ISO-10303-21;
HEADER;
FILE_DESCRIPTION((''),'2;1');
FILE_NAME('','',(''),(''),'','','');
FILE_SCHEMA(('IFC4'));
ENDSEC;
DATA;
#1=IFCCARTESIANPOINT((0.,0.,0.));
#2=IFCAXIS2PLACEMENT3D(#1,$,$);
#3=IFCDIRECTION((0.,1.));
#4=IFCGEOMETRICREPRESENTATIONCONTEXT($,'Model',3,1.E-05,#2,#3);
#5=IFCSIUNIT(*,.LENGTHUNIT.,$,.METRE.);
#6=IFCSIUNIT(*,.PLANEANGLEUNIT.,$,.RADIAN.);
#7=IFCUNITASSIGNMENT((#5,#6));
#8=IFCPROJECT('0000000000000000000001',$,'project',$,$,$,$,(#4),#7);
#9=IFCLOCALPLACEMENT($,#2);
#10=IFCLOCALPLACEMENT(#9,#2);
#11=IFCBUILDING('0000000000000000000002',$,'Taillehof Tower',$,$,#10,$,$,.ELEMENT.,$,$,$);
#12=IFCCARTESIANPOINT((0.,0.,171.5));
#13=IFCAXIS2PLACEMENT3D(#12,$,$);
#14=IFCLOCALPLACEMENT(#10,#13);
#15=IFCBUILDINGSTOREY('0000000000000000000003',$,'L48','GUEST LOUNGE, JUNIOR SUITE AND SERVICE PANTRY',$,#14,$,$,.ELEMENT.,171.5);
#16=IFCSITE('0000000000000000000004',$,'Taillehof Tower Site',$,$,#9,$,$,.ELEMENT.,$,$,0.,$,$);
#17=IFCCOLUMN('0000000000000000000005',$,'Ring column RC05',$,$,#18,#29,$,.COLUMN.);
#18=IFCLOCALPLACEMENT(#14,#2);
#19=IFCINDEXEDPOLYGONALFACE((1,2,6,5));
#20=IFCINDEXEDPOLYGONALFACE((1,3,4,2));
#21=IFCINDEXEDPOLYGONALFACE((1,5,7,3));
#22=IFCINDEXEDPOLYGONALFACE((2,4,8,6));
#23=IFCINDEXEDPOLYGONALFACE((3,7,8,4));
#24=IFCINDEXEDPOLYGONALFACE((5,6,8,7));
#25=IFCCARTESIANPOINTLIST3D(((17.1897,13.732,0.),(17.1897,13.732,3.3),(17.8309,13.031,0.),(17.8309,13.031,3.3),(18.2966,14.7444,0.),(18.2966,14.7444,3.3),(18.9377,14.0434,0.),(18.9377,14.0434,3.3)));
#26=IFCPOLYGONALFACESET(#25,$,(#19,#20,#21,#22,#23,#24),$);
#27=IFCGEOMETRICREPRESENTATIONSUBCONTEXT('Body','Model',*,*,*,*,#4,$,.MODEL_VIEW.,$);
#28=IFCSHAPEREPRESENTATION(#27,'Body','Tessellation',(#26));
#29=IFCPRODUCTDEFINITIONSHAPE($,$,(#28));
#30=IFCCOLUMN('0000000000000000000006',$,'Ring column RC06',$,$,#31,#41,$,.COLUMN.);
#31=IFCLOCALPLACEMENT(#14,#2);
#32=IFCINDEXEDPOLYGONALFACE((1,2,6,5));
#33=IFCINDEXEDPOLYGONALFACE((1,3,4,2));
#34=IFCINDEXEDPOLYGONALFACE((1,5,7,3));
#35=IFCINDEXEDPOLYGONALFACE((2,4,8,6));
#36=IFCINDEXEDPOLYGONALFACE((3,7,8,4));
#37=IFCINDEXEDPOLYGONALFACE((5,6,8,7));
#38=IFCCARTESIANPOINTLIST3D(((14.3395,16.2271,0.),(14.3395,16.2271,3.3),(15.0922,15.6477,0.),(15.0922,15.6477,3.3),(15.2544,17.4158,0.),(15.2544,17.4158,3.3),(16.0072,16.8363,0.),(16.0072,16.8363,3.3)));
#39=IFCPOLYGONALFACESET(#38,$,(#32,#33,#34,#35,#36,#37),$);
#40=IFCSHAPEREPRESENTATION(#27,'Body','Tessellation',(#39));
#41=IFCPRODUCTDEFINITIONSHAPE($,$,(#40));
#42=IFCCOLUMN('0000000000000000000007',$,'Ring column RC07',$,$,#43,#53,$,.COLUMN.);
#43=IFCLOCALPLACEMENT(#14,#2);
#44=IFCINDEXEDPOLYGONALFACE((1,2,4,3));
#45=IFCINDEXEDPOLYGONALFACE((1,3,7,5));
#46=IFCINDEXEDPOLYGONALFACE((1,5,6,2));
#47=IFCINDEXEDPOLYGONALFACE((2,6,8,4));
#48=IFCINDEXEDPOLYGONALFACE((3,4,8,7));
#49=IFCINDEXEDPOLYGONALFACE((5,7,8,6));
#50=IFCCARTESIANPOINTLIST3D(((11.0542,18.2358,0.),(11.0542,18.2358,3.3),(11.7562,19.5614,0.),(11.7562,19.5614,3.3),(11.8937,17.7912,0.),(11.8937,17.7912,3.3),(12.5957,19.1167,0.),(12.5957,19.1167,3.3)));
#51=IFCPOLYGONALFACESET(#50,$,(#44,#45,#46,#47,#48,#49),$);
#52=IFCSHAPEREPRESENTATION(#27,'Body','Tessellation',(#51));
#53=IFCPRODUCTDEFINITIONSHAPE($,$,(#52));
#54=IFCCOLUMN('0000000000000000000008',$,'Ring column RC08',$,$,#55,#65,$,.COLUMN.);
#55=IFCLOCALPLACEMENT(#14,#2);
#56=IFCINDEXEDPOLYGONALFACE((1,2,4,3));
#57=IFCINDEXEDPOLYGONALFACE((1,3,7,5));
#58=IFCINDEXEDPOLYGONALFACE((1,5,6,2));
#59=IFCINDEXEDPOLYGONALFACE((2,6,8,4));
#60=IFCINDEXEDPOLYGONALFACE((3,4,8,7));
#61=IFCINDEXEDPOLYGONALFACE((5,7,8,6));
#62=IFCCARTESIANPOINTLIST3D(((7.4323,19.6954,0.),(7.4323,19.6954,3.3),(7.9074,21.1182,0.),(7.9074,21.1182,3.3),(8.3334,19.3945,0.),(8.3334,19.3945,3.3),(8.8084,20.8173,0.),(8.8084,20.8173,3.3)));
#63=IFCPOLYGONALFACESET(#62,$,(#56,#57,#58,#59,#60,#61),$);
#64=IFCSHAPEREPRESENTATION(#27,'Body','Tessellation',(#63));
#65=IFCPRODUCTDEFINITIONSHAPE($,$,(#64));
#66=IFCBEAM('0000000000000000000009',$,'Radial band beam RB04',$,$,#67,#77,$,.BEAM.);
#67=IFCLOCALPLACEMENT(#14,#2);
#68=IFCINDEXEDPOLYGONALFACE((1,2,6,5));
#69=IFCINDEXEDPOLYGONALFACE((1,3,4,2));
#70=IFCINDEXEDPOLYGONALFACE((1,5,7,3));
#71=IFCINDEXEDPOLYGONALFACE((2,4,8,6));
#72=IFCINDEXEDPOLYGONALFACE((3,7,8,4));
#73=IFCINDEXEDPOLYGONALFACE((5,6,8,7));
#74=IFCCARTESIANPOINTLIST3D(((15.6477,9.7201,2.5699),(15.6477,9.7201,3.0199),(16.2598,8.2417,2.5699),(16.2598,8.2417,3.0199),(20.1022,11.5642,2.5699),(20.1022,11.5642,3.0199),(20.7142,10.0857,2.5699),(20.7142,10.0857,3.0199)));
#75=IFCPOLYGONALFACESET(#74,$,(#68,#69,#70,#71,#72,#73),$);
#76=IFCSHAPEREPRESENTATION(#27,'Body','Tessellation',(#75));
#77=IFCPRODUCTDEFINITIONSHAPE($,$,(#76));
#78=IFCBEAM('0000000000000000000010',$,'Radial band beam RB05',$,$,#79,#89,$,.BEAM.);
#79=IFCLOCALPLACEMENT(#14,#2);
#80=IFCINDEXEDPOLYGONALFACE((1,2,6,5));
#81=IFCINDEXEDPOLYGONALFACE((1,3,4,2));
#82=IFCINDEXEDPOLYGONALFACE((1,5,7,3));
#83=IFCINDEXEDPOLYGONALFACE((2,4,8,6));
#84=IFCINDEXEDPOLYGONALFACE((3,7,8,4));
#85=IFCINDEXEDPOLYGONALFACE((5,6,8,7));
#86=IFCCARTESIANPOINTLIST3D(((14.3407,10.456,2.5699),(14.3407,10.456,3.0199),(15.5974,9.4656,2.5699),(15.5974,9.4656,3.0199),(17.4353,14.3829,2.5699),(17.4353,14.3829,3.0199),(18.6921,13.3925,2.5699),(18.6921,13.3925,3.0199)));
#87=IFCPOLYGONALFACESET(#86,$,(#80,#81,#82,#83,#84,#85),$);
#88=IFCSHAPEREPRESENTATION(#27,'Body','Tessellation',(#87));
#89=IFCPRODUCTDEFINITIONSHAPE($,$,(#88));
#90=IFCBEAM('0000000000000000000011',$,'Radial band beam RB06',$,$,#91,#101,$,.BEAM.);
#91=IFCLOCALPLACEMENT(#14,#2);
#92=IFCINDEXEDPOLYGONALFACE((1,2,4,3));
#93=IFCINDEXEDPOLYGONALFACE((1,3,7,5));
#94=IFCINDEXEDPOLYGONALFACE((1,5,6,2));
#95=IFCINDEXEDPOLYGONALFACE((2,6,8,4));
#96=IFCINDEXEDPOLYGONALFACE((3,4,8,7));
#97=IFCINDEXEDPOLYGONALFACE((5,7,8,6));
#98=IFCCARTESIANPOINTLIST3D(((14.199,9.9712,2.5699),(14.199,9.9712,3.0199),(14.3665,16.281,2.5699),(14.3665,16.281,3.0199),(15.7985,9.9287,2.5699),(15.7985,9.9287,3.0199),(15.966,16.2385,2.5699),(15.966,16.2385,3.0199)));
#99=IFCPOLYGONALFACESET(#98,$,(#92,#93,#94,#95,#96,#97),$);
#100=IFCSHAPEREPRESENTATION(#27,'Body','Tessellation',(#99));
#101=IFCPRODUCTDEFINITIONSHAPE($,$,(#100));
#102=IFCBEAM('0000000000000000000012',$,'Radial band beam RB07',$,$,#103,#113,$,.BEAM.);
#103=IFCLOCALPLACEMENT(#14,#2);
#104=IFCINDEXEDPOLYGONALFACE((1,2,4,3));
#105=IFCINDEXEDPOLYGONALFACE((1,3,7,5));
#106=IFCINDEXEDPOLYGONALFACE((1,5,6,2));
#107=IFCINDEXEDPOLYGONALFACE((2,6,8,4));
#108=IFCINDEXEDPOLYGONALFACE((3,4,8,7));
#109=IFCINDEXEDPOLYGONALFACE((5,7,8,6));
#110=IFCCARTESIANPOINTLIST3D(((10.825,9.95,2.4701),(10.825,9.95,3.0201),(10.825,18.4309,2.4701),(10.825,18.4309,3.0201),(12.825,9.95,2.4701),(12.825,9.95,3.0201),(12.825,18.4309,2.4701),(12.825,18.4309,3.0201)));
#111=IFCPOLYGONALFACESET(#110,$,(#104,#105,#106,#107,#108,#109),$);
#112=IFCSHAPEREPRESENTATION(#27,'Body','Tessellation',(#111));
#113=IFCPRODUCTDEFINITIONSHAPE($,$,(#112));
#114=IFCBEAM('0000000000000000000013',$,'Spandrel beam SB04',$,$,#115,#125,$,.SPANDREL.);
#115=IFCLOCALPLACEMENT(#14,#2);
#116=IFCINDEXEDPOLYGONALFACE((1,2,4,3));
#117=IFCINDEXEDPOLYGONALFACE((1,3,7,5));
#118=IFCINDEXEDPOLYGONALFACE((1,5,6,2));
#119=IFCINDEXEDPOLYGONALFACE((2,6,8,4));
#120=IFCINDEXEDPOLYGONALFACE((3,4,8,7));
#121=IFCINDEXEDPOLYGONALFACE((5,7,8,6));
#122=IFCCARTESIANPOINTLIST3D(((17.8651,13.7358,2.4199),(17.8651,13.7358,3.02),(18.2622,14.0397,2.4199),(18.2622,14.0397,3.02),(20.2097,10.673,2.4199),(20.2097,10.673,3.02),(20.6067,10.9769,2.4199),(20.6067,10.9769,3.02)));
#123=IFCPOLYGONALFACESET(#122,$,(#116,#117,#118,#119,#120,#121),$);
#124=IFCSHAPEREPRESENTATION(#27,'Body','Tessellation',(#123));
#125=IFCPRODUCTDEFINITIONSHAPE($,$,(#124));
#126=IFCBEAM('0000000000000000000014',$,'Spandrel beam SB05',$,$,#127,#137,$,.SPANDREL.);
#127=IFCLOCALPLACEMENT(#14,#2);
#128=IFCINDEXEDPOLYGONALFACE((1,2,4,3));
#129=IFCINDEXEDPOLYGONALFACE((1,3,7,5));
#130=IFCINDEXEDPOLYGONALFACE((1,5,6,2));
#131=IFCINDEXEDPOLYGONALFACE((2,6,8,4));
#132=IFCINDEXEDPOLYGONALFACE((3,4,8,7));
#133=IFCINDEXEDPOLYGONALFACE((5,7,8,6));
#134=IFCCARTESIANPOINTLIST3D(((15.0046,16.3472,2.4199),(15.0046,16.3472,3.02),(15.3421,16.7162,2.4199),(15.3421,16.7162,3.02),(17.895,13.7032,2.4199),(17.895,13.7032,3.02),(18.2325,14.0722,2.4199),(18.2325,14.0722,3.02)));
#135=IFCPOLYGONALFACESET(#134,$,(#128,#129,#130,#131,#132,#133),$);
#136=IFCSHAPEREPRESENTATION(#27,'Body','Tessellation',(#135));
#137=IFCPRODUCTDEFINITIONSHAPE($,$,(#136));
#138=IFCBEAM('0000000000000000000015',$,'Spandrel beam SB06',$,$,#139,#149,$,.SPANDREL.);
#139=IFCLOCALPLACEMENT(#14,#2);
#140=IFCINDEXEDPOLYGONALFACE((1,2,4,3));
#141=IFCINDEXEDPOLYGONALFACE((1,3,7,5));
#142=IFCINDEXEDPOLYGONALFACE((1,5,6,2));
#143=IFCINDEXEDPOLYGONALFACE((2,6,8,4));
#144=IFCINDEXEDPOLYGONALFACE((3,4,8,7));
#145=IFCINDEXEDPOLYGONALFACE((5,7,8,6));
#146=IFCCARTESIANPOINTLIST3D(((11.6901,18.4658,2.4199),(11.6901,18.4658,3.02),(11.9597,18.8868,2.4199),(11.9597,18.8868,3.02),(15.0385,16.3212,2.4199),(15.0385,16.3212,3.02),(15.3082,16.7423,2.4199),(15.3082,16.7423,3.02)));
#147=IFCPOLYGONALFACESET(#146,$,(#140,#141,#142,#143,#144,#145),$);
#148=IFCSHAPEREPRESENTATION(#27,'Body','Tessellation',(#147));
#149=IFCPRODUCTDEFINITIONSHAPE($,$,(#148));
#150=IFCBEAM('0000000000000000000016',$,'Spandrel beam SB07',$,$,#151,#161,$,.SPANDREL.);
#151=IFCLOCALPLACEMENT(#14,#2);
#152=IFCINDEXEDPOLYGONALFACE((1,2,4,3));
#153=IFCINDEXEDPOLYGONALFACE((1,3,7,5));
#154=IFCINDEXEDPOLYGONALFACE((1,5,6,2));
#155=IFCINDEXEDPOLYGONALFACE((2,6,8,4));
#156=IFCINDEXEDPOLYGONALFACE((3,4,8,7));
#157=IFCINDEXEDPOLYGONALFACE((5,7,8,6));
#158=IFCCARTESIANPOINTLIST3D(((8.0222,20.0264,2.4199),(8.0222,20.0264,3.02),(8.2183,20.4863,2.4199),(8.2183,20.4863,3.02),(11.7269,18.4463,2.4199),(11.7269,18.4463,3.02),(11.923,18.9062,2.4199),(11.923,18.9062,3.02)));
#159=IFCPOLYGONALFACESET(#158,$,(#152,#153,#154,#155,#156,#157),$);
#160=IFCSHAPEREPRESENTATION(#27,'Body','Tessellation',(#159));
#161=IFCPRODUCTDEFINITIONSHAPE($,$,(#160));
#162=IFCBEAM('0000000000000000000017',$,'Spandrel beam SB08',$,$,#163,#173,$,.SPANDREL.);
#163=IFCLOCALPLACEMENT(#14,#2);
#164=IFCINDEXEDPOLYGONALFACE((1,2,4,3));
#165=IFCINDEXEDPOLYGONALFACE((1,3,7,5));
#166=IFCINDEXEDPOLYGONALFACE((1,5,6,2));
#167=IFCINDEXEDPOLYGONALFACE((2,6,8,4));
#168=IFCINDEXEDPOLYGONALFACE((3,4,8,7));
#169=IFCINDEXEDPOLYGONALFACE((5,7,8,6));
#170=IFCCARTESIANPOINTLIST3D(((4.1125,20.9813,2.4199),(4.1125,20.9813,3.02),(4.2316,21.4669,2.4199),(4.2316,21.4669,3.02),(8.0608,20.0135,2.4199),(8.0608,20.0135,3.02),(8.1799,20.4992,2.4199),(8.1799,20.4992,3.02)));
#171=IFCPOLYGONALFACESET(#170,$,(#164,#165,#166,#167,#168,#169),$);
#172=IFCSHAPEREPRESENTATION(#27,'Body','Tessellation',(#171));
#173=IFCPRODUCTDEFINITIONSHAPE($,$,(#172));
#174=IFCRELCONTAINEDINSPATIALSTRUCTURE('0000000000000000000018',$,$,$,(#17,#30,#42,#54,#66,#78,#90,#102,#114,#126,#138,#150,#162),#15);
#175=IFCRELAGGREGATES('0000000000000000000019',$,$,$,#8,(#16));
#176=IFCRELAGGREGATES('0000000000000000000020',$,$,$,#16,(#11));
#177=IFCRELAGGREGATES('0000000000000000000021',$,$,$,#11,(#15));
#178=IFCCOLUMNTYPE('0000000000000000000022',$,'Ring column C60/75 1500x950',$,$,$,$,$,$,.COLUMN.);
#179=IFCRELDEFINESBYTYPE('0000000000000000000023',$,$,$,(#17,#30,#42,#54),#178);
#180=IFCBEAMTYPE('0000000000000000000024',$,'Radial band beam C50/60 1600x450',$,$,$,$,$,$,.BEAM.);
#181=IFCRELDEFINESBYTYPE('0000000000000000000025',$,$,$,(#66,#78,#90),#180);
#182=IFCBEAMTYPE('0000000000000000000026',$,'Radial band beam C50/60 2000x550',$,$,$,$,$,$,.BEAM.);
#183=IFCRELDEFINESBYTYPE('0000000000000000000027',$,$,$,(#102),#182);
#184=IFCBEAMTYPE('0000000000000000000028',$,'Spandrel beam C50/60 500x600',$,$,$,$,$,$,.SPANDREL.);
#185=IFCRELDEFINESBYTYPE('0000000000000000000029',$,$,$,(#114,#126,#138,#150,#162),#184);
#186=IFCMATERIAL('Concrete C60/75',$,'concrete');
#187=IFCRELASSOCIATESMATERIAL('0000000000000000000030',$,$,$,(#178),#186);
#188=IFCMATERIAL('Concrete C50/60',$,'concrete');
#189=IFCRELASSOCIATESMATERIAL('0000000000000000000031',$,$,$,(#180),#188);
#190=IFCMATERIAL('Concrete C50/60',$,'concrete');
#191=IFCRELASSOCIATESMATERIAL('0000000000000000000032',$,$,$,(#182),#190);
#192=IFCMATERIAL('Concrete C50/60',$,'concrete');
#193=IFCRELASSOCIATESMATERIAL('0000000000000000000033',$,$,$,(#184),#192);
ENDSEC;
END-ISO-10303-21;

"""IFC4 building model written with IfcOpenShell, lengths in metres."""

from ifc_helpers import new_model, si_unit, direction, frame, origin, origin_2d, place, context, subcontext, project, spatial, rectangle, extrude, material, material_profile, profile_set, type_object, element, save


model = new_model("IFC4")

# Units and contexts
model_context = context("Model", 3, precision=1e-05, world=origin(), true_north=direction((0.0, 1.0)))
body_context = subcontext(model_context, "Body", "Model", "MODEL_VIEW")
ifc_project = project(units=[si_unit("LENGTHUNIT", "METRE"), si_unit("PLANEANGLEUNIT", "RADIAN")], contexts=[model_context])

# Site, building, storey
site_placement = place(None, origin())
site = spatial("IfcSite", under=ifc_project, at=site_placement, Name="Taillehof Tower Site", CompositionType="ELEMENT", RefElevation=0.0)
building_placement = place(site_placement, origin())
building = spatial("IfcBuilding", under=site, at=building_placement, Name="Taillehof Tower", CompositionType="ELEMENT")
storey_placement = place(building_placement, frame((0.0, 0.0, 171.5)))
storey = spatial("IfcBuildingStorey", under=building, at=storey_placement, Name="L48", Description="GUEST LOUNGE, JUNIOR SUITE AND SERVICE PANTRY", CompositionType="ELEMENT", Elevation=171.5)

# Columns
ifc_material_1 = material(Name="Concrete C60/75", Category="concrete")
ifc_material_profile_1 = material_profile(ifc_material_1, rectangle(XDim=1.5, YDim=0.95, at=origin_2d()), Name="RC 1500x950")
ifc_profile_set_1 = profile_set([ifc_material_profile_1], Name="Concrete C60/75")
column_type = type_object("IfcColumnType", Name="Ring column C60/75 1500x950", PredefinedType="COLUMN", material=ifc_profile_set_1)
for number, where, z_axis, x_axis, name in (
    (1, (18.0637, 13.8877, 0.0), (0.0, 0.0, 1.0), (0.737879, 0.674933, 0.0), "Ring column RC05"),
    (2, (15.1733, 16.5317, 0.0), (0.0, 0.0, 1.0), (0.609971, 0.792424, 0.0), "Ring column RC06"),
    (3, (11.825, 18.6763, 0.0), (0.0, 0.0, 1.0), (0.468042, 0.883706, 0.0), "Ring column RC07"),
    (4, (8.1204, 20.2563, 0.0), (0.0, 0.0, 1.0), (0.316703, 0.948525, 0.0), "Ring column RC08"),
):
    element("IfcColumn", number, at=place(storey_placement, frame(where, z_axis=z_axis, x_axis=x_axis)), inside=storey, type_object=column_type, Name=name, PredefinedType="COLUMN", context=body_context, shape_type="SweptSolid", body=[
        extrude(rectangle(XDim=1.5, YDim=0.95, at=origin_2d()), origin(), (0.0, 0.0, 1.0), 3.3),
    ])

# Beams
ifc_material_2 = material(Name="Concrete C50/60", Category="concrete")
ifc_material_profile_2 = material_profile(ifc_material_2, rectangle(XDim=1.6001, YDim=0.45, at=origin_2d()), Name="RC 1600x450")
ifc_profile_set_2 = profile_set([ifc_material_profile_2], Name="Concrete C50/60")
beam_type_1 = type_object("IfcBeamType", Name="Radial band beam C50/60 1600x450", PredefinedType="BEAM", material=ifc_profile_set_2)
beam_1_placement = place(storey_placement, frame((20.4082, 10.825, 2.7949), z_axis=(-0.923957, -0.382496, 0.0), x_axis=(0.382496, -0.923957, 0.0)))
element("IfcBeam", 5, at=beam_1_placement, inside=storey, type_object=beam_type_1, Name="Radial band beam RB04", PredefinedType="BEAM", context=body_context, shape_type="SweptSolid", body=[
    extrude(rectangle(XDim=1.6001, YDim=0.45, at=origin_2d()), origin(), (0.0, 0.0, 1.0), 4.821),
])
beam_2_placement = place(storey_placement, frame((18.0637, 13.8877, 2.7949), z_axis=(-0.618962, -0.785421, 0.0), x_axis=(0.785421, -0.618962, 0.0)))
element("IfcBeam", 6, at=beam_2_placement, inside=storey, type_object=beam_type_1, Name="Radial band beam RB05", PredefinedType="BEAM", context=body_context, shape_type="SweptSolid", body=[
    extrude(rectangle(XDim=1.6001, YDim=0.45, at=origin_2d()), origin(), (0.0, 0.0, 1.0), 4.9998),
])
beam_3_placement = place(storey_placement, frame((15.1663, 16.2598, 2.7949), z_axis=(-0.026534, -0.999648, 0.0), x_axis=(0.999648, -0.026534, 0.0)))
element("IfcBeam", 7, at=beam_3_placement, inside=storey, type_object=beam_type_1, Name="Radial band beam RB06", PredefinedType="BEAM", context=body_context, shape_type="SweptSolid", body=[
    extrude(rectangle(XDim=1.6001, YDim=0.45, at=origin_2d()), origin(), (0.0, 0.0, 1.0), 6.312),
])
ifc_material_3 = material(Name="Concrete C50/60", Category="concrete")
ifc_material_profile_3 = material_profile(ifc_material_3, rectangle(XDim=2.0, YDim=0.55, at=origin_2d()), Name="RC 2000x550")
ifc_profile_set_3 = profile_set([ifc_material_profile_3], Name="Concrete C50/60")
beam_type_2 = type_object("IfcBeamType", Name="Radial band beam C50/60 2000x550", PredefinedType="BEAM", material=ifc_profile_set_3)
beam_4_placement = place(storey_placement, frame((11.825, 18.4309, 2.7451), z_axis=(0.0, -1.0, 0.0), x_axis=(1.0, 0.0, 0.0)))
element("IfcBeam", 8, at=beam_4_placement, inside=storey, type_object=beam_type_2, Name="Radial band beam RB07", PredefinedType="BEAM", context=body_context, shape_type="SweptSolid", body=[
    extrude(rectangle(XDim=2.0, YDim=0.55, at=origin_2d()), origin(), (0.0, 0.0, 1.0), 8.481),
])
ifc_material_4 = material(Name="Concrete C50/60", Category="concrete")
ifc_material_profile_4 = material_profile(ifc_material_4, rectangle(XDim=0.5, YDim=0.6001, at=origin_2d()), Name="RC 500x600")
ifc_profile_set_4 = profile_set([ifc_material_profile_4], Name="Concrete C50/60")
beam_type_3 = type_object("IfcBeamType", Name="Spandrel beam C50/60 500x600", PredefinedType="SPANDREL", material=ifc_profile_set_4)
beam_5_placement = place(storey_placement, frame((20.4082, 10.825, 2.72), z_axis=(-0.60784, 0.794059, 0.0), x_axis=(-0.794059, -0.60784, 0.0)))
element("IfcBeam", 9, at=beam_5_placement, inside=storey, type_object=beam_type_3, Name="Spandrel beam SB04", PredefinedType="SPANDREL", context=body_context, shape_type="SweptSolid", body=[
    extrude(rectangle(XDim=0.5, YDim=0.6001, at=origin_2d()), origin(), (0.0, 0.0, 1.0), 3.8572),
])
beam_6_placement = place(storey_placement, frame((18.0637, 13.8877, 2.72), z_axis=(-0.73785, 0.674965, 0.0), x_axis=(-0.674965, -0.73785, 0.0)))
element("IfcBeam", 10, at=beam_6_placement, inside=storey, type_object=beam_type_3, Name="Spandrel beam SB05", PredefinedType="SPANDREL", context=body_context, shape_type="SweptSolid", body=[
    extrude(rectangle(XDim=0.5, YDim=0.6001, at=origin_2d()), origin(), (0.0, 0.0, 1.0), 3.9172),
])
beam_7_placement = place(storey_placement, frame((15.1733, 16.5317, 2.72), z_axis=(-0.842093, 0.539332, 0.0), x_axis=(-0.539332, -0.842093, 0.0)))
element("IfcBeam", 11, at=beam_7_placement, inside=storey, type_object=beam_type_3, Name="Spandrel beam SB06", PredefinedType="SPANDREL", context=body_context, shape_type="SweptSolid", body=[
    extrude(rectangle(XDim=0.5, YDim=0.6001, at=origin_2d()), origin(), (0.0, 0.0, 1.0), 3.9763),
])
beam_8_placement = place(storey_placement, frame((11.825, 18.6763, 2.72), z_axis=(-0.919827, 0.392324, 0.0), x_axis=(-0.392324, -0.919827, 0.0)))
element("IfcBeam", 12, at=beam_8_placement, inside=storey, type_object=beam_type_3, Name="Spandrel beam SB07", PredefinedType="SPANDREL", context=body_context, shape_type="SweptSolid", body=[
    extrude(rectangle(XDim=0.5, YDim=0.6001, at=origin_2d()), origin(), (0.0, 0.0, 1.0), 4.0276),
])
beam_9_placement = place(storey_placement, frame((8.1204, 20.2563, 2.72), z_axis=(-0.971249, 0.238068, 0.0), x_axis=(-0.238068, -0.971249, 0.0)))
element("IfcBeam", 13, at=beam_9_placement, inside=storey, type_object=beam_type_3, Name="Spandrel beam SB08", PredefinedType="SPANDREL", context=body_context, shape_type="SweptSolid", body=[
    extrude(rectangle(XDim=0.5, YDim=0.6001, at=origin_2d()), origin(), (0.0, 0.0, 1.0), 4.0652),
])

save(model, "model.ifc")
